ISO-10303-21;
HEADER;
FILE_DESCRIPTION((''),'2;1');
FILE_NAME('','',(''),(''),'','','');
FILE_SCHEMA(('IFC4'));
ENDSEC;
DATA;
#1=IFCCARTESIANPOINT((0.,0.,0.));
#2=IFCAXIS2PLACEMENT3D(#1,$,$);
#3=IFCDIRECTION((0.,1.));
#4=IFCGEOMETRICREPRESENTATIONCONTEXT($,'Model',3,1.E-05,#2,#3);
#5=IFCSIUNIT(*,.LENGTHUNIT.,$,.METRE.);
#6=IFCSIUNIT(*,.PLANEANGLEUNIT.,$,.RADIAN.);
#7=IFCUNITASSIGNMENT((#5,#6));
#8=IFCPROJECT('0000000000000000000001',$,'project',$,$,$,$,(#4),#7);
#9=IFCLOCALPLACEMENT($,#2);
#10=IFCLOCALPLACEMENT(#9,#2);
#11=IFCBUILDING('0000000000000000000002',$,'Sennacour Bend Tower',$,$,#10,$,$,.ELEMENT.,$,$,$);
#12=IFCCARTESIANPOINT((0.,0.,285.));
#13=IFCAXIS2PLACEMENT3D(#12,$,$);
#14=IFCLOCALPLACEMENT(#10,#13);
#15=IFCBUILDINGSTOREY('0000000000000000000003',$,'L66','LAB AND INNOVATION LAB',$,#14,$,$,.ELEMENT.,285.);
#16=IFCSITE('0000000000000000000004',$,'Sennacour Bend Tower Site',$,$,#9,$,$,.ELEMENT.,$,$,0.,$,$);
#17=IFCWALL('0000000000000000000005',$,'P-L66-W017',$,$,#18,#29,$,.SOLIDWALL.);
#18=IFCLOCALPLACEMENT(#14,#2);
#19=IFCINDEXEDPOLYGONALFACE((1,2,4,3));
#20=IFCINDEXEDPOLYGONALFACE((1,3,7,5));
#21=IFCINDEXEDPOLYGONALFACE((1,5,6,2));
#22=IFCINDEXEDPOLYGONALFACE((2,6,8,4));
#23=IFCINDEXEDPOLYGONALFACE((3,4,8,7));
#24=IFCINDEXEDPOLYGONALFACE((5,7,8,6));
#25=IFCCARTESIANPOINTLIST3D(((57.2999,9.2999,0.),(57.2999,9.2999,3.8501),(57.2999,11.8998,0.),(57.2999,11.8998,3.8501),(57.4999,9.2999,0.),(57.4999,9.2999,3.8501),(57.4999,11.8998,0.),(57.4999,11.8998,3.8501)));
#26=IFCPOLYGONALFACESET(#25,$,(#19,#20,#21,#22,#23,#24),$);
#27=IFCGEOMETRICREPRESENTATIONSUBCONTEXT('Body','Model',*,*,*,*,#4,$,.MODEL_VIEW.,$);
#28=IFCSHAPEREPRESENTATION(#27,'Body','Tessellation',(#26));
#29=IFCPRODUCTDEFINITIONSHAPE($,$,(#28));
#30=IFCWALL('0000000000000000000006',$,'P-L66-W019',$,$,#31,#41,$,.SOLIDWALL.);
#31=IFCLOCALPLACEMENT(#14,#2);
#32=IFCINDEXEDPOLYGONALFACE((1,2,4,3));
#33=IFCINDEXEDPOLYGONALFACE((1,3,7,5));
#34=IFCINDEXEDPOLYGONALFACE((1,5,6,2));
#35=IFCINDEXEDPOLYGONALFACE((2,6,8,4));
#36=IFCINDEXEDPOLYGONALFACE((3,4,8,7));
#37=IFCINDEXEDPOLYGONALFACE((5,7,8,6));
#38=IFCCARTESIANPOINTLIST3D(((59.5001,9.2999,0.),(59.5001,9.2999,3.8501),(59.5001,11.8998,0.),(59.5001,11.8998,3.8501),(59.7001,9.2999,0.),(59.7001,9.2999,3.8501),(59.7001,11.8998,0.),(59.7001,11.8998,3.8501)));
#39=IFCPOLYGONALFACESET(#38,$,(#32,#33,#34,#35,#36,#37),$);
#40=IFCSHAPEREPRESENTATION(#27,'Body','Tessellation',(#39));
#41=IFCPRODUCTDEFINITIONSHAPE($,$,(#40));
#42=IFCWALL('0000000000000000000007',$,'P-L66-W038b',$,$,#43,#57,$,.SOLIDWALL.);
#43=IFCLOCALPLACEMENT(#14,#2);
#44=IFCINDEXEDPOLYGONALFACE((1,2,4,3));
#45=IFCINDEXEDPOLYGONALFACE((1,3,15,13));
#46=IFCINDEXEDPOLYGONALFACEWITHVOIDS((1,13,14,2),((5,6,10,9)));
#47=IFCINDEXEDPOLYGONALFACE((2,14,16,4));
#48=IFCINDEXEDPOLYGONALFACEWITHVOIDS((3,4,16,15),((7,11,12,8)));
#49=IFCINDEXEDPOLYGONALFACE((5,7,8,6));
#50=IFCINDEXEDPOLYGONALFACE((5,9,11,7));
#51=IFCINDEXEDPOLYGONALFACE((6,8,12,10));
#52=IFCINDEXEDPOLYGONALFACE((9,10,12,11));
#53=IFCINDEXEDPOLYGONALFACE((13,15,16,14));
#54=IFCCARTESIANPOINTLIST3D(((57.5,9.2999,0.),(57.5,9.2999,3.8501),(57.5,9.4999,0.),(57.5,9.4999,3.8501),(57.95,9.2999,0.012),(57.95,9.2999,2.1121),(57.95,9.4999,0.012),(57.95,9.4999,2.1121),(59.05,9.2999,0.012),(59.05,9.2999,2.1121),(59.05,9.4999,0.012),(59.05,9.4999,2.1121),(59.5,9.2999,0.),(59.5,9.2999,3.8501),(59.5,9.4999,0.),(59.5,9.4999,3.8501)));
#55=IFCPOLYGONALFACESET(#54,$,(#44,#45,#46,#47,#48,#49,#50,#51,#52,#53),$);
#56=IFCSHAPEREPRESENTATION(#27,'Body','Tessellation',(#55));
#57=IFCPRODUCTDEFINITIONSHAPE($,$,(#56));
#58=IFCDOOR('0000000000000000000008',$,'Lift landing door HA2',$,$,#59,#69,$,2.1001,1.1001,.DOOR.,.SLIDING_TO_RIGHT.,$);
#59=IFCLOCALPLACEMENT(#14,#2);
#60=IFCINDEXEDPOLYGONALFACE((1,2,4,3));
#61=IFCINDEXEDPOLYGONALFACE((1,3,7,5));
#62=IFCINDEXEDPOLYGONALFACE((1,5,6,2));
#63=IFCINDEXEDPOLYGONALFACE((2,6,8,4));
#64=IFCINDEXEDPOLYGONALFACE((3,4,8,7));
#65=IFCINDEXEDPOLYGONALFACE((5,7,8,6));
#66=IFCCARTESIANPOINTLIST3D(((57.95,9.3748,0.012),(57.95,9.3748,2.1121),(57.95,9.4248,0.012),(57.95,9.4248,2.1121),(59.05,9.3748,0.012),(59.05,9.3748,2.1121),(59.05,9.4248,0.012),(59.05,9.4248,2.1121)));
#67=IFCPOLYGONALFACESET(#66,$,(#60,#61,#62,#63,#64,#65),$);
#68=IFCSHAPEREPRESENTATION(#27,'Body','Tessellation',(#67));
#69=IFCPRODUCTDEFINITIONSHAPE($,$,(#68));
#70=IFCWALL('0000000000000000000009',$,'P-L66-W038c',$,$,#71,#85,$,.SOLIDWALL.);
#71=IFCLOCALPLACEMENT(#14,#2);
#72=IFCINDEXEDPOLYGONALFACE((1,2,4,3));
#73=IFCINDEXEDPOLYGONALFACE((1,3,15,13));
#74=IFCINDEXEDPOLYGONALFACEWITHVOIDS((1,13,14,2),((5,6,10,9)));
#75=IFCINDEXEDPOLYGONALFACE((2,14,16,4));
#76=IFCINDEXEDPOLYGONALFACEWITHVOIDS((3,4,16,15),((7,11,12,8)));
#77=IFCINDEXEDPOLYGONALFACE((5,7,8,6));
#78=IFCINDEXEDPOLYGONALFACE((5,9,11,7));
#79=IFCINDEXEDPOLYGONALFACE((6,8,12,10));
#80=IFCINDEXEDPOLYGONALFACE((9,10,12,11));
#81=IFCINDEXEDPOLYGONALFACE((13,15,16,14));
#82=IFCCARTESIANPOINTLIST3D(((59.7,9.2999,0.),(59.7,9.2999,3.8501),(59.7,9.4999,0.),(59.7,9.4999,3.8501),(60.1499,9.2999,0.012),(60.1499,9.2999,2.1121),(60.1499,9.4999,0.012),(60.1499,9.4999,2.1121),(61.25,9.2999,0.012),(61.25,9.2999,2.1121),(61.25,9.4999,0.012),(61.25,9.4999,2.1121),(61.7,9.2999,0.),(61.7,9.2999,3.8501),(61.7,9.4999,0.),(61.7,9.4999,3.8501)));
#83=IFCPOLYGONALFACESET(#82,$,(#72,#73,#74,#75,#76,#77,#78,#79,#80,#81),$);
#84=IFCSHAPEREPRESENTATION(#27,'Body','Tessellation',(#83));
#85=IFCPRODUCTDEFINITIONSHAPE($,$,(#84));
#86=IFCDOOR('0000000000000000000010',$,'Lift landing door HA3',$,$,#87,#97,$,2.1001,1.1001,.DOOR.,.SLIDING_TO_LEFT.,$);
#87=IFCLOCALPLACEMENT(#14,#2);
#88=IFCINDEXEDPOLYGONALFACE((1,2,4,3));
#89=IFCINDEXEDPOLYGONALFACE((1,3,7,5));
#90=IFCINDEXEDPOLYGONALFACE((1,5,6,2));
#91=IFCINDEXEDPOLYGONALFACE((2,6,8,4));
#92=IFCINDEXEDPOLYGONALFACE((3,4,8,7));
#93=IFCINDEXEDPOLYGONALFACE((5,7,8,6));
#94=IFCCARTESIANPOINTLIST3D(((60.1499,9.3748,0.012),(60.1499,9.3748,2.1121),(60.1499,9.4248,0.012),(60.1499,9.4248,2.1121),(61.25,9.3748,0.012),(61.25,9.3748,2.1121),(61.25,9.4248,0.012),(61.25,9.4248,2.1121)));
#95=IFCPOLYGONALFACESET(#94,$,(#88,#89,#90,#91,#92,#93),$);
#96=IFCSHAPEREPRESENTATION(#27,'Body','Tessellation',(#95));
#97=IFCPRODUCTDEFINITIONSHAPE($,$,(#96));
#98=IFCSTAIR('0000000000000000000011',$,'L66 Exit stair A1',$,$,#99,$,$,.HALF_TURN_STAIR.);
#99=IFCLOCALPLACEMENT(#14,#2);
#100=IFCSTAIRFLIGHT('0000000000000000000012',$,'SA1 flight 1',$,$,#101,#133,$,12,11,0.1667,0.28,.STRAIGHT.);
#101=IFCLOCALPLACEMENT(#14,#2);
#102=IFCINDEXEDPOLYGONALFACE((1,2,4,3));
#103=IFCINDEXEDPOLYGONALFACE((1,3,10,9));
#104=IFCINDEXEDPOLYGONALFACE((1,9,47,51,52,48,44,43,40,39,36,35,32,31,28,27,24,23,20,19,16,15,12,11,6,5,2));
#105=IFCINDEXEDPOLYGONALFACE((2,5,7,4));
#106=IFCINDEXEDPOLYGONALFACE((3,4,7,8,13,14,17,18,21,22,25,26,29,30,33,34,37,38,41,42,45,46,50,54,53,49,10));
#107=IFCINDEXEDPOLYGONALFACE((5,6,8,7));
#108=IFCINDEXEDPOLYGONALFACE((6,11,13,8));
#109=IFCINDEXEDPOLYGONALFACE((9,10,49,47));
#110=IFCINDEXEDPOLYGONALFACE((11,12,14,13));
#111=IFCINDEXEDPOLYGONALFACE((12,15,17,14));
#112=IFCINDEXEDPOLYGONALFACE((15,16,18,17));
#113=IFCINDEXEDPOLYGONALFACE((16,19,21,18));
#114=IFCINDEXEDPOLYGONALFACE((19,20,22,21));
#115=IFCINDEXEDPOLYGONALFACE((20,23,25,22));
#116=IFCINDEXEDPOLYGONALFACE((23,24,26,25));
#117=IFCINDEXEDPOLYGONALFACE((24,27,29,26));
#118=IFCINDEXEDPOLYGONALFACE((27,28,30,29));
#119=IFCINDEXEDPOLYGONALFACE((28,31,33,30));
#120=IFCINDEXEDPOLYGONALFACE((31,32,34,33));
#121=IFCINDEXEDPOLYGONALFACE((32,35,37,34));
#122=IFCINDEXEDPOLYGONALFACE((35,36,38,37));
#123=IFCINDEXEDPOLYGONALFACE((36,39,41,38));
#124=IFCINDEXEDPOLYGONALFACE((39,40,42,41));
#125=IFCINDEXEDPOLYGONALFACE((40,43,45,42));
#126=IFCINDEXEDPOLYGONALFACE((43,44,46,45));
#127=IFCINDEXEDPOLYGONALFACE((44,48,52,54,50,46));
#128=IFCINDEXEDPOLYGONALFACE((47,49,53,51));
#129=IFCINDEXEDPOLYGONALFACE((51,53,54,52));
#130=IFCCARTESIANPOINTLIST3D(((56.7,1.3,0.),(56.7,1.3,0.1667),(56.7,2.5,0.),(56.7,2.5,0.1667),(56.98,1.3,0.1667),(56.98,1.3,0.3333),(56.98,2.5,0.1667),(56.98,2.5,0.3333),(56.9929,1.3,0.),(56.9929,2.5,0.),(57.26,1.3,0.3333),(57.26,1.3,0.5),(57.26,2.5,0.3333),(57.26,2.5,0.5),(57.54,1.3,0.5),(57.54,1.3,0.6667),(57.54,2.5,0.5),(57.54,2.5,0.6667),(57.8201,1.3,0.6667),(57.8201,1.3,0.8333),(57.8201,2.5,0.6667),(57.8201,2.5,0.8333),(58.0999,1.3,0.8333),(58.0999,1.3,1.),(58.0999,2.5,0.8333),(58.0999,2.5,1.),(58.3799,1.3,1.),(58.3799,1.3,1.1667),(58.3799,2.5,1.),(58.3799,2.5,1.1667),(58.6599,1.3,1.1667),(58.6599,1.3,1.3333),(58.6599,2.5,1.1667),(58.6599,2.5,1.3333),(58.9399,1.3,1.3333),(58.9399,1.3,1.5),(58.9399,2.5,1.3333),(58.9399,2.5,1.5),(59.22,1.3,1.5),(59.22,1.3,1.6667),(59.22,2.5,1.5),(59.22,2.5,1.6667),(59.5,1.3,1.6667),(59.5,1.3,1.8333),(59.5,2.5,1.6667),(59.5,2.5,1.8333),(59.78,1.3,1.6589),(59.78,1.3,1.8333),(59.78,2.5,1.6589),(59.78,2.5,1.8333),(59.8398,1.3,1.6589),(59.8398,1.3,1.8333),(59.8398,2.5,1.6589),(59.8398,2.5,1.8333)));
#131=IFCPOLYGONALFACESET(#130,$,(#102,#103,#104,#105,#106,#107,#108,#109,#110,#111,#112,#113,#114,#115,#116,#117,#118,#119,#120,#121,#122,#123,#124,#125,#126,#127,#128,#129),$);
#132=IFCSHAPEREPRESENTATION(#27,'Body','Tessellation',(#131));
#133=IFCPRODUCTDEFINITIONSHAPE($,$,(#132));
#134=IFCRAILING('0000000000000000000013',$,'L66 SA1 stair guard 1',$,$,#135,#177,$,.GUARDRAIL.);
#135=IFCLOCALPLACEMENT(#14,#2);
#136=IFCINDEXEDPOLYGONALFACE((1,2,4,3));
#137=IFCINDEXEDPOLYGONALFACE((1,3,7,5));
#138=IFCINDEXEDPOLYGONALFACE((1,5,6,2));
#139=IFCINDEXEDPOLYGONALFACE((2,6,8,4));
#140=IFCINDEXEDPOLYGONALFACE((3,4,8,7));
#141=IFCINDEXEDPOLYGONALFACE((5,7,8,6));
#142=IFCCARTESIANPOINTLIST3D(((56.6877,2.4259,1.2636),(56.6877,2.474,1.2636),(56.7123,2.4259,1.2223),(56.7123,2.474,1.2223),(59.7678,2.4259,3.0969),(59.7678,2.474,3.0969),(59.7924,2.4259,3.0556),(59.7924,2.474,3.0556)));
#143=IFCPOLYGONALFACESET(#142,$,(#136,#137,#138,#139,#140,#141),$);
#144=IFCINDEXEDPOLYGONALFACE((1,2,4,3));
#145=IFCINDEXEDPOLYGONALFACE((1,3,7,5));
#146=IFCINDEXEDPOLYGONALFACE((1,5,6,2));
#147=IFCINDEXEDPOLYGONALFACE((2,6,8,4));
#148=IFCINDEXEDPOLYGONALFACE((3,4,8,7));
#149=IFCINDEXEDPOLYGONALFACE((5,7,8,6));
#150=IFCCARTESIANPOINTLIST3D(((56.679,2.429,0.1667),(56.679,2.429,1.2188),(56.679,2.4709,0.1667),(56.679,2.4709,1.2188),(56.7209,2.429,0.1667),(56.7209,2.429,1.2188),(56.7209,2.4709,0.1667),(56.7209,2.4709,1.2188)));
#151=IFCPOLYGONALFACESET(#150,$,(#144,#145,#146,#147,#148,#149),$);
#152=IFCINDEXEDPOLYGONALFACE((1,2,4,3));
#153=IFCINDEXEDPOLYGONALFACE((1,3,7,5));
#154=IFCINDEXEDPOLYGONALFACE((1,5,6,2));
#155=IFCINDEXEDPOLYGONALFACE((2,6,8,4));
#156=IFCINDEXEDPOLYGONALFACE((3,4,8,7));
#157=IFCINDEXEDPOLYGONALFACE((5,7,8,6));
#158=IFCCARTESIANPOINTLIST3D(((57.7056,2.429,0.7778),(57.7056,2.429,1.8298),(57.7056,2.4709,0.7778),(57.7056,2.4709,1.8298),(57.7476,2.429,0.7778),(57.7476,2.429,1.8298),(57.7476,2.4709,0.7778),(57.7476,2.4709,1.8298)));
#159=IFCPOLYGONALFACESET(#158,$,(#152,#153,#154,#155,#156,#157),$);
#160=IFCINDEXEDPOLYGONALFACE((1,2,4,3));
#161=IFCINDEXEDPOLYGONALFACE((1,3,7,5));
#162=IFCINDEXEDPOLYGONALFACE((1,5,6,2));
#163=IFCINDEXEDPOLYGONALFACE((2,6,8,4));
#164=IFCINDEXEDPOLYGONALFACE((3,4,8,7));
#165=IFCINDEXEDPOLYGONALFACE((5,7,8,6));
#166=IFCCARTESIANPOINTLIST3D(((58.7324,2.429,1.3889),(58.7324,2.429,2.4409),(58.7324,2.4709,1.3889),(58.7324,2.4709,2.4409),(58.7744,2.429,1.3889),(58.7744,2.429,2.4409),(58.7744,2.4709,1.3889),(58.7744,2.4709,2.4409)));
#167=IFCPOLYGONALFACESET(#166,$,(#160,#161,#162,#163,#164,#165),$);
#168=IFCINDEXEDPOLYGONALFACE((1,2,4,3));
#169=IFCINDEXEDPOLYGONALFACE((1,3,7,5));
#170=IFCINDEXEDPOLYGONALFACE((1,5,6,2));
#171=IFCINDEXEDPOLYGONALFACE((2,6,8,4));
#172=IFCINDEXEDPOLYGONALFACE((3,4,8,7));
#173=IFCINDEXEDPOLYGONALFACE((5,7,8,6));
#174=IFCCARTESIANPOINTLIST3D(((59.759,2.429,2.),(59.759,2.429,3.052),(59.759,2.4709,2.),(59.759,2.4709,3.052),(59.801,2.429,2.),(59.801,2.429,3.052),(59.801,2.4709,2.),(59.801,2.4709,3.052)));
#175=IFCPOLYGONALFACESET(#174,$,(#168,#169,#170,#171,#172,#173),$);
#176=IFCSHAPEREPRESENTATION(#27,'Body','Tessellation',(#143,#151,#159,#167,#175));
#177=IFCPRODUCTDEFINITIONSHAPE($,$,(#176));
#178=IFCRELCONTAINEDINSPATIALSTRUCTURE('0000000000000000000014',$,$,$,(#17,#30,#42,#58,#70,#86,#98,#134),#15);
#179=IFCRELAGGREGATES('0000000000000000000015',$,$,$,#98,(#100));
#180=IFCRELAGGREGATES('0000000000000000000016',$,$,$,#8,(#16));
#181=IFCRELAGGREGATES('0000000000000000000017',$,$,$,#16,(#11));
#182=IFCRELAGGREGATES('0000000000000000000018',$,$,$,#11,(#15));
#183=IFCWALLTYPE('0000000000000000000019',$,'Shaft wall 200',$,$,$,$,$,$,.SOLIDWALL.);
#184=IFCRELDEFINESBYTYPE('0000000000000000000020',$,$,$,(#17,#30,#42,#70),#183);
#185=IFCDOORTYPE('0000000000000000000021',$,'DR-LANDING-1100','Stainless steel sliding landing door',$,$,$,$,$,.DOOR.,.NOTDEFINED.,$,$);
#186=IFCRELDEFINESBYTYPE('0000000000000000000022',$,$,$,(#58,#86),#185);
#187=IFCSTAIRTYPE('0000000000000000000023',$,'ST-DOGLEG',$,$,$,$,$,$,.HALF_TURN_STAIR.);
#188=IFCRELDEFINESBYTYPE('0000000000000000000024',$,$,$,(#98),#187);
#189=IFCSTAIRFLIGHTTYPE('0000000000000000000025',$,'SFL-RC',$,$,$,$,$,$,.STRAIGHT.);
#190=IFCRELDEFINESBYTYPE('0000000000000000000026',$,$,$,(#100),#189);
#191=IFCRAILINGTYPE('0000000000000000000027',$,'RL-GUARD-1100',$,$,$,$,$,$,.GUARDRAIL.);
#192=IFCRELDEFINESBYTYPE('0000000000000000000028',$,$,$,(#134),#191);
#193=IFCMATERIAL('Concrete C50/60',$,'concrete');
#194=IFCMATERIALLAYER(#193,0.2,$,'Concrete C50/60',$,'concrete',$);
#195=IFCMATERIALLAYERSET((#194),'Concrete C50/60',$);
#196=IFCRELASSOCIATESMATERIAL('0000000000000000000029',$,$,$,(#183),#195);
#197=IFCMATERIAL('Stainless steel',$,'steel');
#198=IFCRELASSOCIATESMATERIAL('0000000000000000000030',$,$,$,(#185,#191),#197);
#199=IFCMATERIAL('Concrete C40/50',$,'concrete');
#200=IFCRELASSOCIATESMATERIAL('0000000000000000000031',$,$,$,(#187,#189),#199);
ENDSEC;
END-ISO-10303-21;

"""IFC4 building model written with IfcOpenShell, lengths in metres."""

from ifc_helpers import new_model, si_unit, direction, frame, frame_2d, origin, origin_2d, place, context, subcontext, project, spatial, polyline, rectangle, outline, extrude, material, layer, layer_set, type_object, element, fill, aggregate, save


model = new_model("IFC4")

# Units and contexts
model_context = context("Model", 3, precision=1e-05, world=origin(), true_north=direction((0.0, 1.0)))
body_context = subcontext(model_context, "Body", "Model", "MODEL_VIEW")
ifc_project = project(units=[si_unit("LENGTHUNIT", "METRE"), si_unit("PLANEANGLEUNIT", "RADIAN")], contexts=[model_context])

# Site, building, storey
site_placement = place(None, origin())
site = spatial("IfcSite", under=ifc_project, at=site_placement, Name="Sennacour Bend Tower Site", CompositionType="ELEMENT", RefElevation=0.0)
building_placement = place(site_placement, origin())
building = spatial("IfcBuilding", under=site, at=building_placement, Name="Sennacour Bend Tower", CompositionType="ELEMENT")
storey_placement = place(building_placement, frame((0.0, 0.0, 285.0)))
storey = spatial("IfcBuildingStorey", under=building, at=storey_placement, Name="L66", Description="LAB AND INNOVATION LAB", CompositionType="ELEMENT", Elevation=285.0)

# Walls
ifc_material_1 = material(Name="Concrete C50/60", Category="concrete")
ifc_layer = layer(ifc_material_1, 0.2, Name="Concrete C50/60", Category="concrete")
ifc_layer_set = layer_set([ifc_layer], Name="Concrete C50/60")
wall_type = type_object("IfcWallType", Name="Shaft wall 200", PredefinedType="SOLIDWALL", material=ifc_layer_set)
for number, where, z_axis, x_axis, name in (
    (1, (57.3999, 9.3, 0.0), (0.0, 0.0, 1.0), (0.0, 1.0, 0.0), "P-L66-W017"),
    (2, (59.6001, 9.3, 0.0), (0.0, 0.0, 1.0), (0.0, 1.0, 0.0), "P-L66-W019"),
):
    element("IfcWall", number, at=place(storey_placement, frame(where, z_axis=z_axis, x_axis=x_axis)), inside=storey, type_object=wall_type, Name=name, PredefinedType="SOLIDWALL", context=body_context, shape_type="SweptSolid", body=[
        extrude(rectangle(XDim=2.5999, YDim=0.2, at=frame_2d((1.2998, 0.0))), origin(), (0.0, 0.0, 1.0), 3.8501),
    ])

# Walls, openings, doors
wall_1_placement = place(storey_placement, frame((57.5, 9.3999, 0.0), z_axis=(0.0, 0.0, 1.0), x_axis=(1.0, 0.0, 0.0)))
wall_1 = element("IfcWall", 3, at=wall_1_placement, inside=storey, type_object=wall_type, Name="P-L66-W038b", PredefinedType="SOLIDWALL", context=body_context, shape_type="SweptSolid", body=[
    extrude(rectangle(XDim=2.0, YDim=0.2, at=frame_2d((1.0, 0.0))), origin(), (0.0, 0.0, 1.0), 3.8501),
])
opening_1_placement = place(wall_1_placement, frame((0.45, 0.0, 0.012)))
opening_1 = element("IfcOpeningElement", 4, at=opening_1_placement, cuts=wall_1, PredefinedType="OPENING", context=body_context, shape_type="SweptSolid", body=[
    extrude(rectangle(XDim=1.1001, YDim=2.1001, at=frame_2d((0.55, 1.05))), frame((0.0, 0.1099, 0.0), z_axis=(0.0, -1.0, 0.0), x_axis=(1.0, 0.0, 0.0)), (0.0, 0.0, 1.0), 0.22),
])
ifc_material_2 = material(Name="Stainless steel", Category="steel")
door_type = type_object("IfcDoorType", Name="DR-LANDING-1100", Description="Stainless steel sliding landing door", OperationType="NOTDEFINED", PredefinedType="DOOR", material=ifc_material_2)
door_1_placement = place(opening_1_placement, origin())
door_1 = element("IfcDoor", 5, at=door_1_placement, inside=storey, type_object=door_type, Name="Lift landing door HA2", OperationType="SLIDING_TO_RIGHT", OverallHeight=2.1001, OverallWidth=1.1001, PredefinedType="DOOR", context=body_context, shape_type="SweptSolid", body=[
    extrude(rectangle(XDim=1.1001, YDim=2.1001, at=frame_2d((0.55, 1.05))), frame((0.0, 0.0249, 0.0), z_axis=(0.0, -1.0, 0.0), x_axis=(1.0, 0.0, 0.0)), (0.0, 0.0, 1.0), 0.05),
])
fill(opening_1, door_1)
wall_2_placement = place(storey_placement, frame((59.7, 9.3999, 0.0), z_axis=(0.0, 0.0, 1.0), x_axis=(1.0, 0.0, 0.0)))
wall_2 = element("IfcWall", 6, at=wall_2_placement, inside=storey, type_object=wall_type, Name="P-L66-W038c", PredefinedType="SOLIDWALL", context=body_context, shape_type="SweptSolid", body=[
    extrude(rectangle(XDim=2.0, YDim=0.2, at=frame_2d((1.0, 0.0))), origin(), (0.0, 0.0, 1.0), 3.8501),
])
opening_2_placement = place(wall_2_placement, frame((0.45, 0.0, 0.012)))
opening_2 = element("IfcOpeningElement", 7, at=opening_2_placement, cuts=wall_2, PredefinedType="OPENING", context=body_context, shape_type="SweptSolid", body=[
    extrude(rectangle(XDim=1.1001, YDim=2.1001, at=frame_2d((0.55, 1.05))), frame((0.0, 0.1099, 0.0), z_axis=(0.0, -1.0, 0.0), x_axis=(1.0, 0.0, 0.0)), (0.0, 0.0, 1.0), 0.22),
])
door_2_placement = place(opening_2_placement, origin())
door_2 = element("IfcDoor", 8, at=door_2_placement, inside=storey, type_object=door_type, Name="Lift landing door HA3", OperationType="SLIDING_TO_LEFT", OverallHeight=2.1001, OverallWidth=1.1001, PredefinedType="DOOR", context=body_context, shape_type="SweptSolid", body=[
    extrude(rectangle(XDim=1.1001, YDim=2.1001, at=frame_2d((0.55, 1.05))), frame((0.0, 0.0249, 0.0), z_axis=(0.0, -1.0, 0.0), x_axis=(1.0, 0.0, 0.0)), (0.0, 0.0, 1.0), 0.05),
])
fill(opening_2, door_2)

# Stair, stair flight
ifc_material_3 = material(Name="Concrete C40/50", Category="concrete")
stair_type = type_object("IfcStairType", Name="ST-DOGLEG", PredefinedType="HALF_TURN_STAIR", material=ifc_material_3)
stair_placement = place(storey_placement, origin())
stair = element("IfcStair", 9, at=stair_placement, inside=storey, type_object=stair_type, Name="L66 Exit stair A1", PredefinedType="HALF_TURN_STAIR")
stair_flight_type = type_object("IfcStairFlightType", Name="SFL-RC", PredefinedType="STRAIGHT", material=ifc_material_3)
stair_flight_placement = place(storey_placement, frame((56.7, 1.8999, 0.0), z_axis=(0.0, 0.0, 1.0), x_axis=(1.0, 0.0, 0.0)))
stair_flight = element("IfcStairFlight", 10, at=stair_flight_placement, type_object=stair_flight_type, Name="SA1 flight 1", NumberOfRisers=12, NumberOfTreads=11, PredefinedType="STRAIGHT", RiserHeight=0.1667, TreadLength=0.28, context=body_context, shape_type="SweptSolid", body=[
    extrude(outline(polyline([(0.0, 0.0), (0.0, 0.1667), (0.28, 0.1667), (0.28, 0.3333), (0.5601, 0.3333), (0.5601, 0.5), (0.8401, 0.5), (0.8401, 0.6667), (1.1201, 0.6667), (1.1201, 0.8333), (1.3999, 0.8333), (1.3999, 1.0), (1.6799, 1.0), (1.6799, 1.1667), (1.96, 1.1667), (1.96, 1.3333), (2.24, 1.3333), (2.24, 1.5), (2.52, 1.5), (2.52, 1.6667), (2.8, 1.6667), (2.8, 1.8333), (3.0801, 1.8333), (3.1399, 1.8333), (3.1399, 1.6589), (3.0801, 1.6589), (0.293, 0.0), (0.0, 0.0)])), frame((0.0, 0.6001, 0.0), z_axis=(0.0, -1.0, 0.0), x_axis=(1.0, 0.0, 0.0)), (0.0, 0.0, 1.0), 1.2),
])
aggregate(stair, [stair_flight])

# Railing
railing_type_1 = type_object("IfcRailingType", Name="RL-GUARD-1100", PredefinedType="GUARDRAIL", material=ifc_material_2)
railing_1_placement = place(storey_placement, frame((56.7, 2.45, 0.1667)))
element("IfcRailing", 11, at=railing_1_placement, inside=storey, type_object=railing_type_1, Name="L66 SA1 stair guard 1", PredefinedType="GUARDRAIL", context=body_context, shape_type="SweptSolid", body=[
    extrude(rectangle(XDim=0.0481, YDim=0.0481, at=origin_2d()), frame((0.0, 0.0, 1.0762), z_axis=(0.859309, 0.0, 0.511458), x_axis=(0.0, 1.0, 0.0)), (0.0, 0.0, 1.0), 3.5845),
    extrude(rectangle(XDim=0.042, YDim=0.042, at=origin_2d()), origin(), (0.0, 0.0, 1.0), 1.052),
    extrude(rectangle(XDim=0.042, YDim=0.042, at=origin_2d()), frame((1.0266, 0.0, 0.6111)), (0.0, 0.0, 1.0), 1.052),
    extrude(rectangle(XDim=0.042, YDim=0.042, at=origin_2d()), frame((2.0535, 0.0, 1.2222)), (0.0, 0.0, 1.0), 1.052),
    extrude(rectangle(XDim=0.042, YDim=0.042, at=origin_2d()), frame((3.0801, 0.0, 1.8333)), (0.0, 0.0, 1.0), 1.052),
])

save(model, "model.ifc")
